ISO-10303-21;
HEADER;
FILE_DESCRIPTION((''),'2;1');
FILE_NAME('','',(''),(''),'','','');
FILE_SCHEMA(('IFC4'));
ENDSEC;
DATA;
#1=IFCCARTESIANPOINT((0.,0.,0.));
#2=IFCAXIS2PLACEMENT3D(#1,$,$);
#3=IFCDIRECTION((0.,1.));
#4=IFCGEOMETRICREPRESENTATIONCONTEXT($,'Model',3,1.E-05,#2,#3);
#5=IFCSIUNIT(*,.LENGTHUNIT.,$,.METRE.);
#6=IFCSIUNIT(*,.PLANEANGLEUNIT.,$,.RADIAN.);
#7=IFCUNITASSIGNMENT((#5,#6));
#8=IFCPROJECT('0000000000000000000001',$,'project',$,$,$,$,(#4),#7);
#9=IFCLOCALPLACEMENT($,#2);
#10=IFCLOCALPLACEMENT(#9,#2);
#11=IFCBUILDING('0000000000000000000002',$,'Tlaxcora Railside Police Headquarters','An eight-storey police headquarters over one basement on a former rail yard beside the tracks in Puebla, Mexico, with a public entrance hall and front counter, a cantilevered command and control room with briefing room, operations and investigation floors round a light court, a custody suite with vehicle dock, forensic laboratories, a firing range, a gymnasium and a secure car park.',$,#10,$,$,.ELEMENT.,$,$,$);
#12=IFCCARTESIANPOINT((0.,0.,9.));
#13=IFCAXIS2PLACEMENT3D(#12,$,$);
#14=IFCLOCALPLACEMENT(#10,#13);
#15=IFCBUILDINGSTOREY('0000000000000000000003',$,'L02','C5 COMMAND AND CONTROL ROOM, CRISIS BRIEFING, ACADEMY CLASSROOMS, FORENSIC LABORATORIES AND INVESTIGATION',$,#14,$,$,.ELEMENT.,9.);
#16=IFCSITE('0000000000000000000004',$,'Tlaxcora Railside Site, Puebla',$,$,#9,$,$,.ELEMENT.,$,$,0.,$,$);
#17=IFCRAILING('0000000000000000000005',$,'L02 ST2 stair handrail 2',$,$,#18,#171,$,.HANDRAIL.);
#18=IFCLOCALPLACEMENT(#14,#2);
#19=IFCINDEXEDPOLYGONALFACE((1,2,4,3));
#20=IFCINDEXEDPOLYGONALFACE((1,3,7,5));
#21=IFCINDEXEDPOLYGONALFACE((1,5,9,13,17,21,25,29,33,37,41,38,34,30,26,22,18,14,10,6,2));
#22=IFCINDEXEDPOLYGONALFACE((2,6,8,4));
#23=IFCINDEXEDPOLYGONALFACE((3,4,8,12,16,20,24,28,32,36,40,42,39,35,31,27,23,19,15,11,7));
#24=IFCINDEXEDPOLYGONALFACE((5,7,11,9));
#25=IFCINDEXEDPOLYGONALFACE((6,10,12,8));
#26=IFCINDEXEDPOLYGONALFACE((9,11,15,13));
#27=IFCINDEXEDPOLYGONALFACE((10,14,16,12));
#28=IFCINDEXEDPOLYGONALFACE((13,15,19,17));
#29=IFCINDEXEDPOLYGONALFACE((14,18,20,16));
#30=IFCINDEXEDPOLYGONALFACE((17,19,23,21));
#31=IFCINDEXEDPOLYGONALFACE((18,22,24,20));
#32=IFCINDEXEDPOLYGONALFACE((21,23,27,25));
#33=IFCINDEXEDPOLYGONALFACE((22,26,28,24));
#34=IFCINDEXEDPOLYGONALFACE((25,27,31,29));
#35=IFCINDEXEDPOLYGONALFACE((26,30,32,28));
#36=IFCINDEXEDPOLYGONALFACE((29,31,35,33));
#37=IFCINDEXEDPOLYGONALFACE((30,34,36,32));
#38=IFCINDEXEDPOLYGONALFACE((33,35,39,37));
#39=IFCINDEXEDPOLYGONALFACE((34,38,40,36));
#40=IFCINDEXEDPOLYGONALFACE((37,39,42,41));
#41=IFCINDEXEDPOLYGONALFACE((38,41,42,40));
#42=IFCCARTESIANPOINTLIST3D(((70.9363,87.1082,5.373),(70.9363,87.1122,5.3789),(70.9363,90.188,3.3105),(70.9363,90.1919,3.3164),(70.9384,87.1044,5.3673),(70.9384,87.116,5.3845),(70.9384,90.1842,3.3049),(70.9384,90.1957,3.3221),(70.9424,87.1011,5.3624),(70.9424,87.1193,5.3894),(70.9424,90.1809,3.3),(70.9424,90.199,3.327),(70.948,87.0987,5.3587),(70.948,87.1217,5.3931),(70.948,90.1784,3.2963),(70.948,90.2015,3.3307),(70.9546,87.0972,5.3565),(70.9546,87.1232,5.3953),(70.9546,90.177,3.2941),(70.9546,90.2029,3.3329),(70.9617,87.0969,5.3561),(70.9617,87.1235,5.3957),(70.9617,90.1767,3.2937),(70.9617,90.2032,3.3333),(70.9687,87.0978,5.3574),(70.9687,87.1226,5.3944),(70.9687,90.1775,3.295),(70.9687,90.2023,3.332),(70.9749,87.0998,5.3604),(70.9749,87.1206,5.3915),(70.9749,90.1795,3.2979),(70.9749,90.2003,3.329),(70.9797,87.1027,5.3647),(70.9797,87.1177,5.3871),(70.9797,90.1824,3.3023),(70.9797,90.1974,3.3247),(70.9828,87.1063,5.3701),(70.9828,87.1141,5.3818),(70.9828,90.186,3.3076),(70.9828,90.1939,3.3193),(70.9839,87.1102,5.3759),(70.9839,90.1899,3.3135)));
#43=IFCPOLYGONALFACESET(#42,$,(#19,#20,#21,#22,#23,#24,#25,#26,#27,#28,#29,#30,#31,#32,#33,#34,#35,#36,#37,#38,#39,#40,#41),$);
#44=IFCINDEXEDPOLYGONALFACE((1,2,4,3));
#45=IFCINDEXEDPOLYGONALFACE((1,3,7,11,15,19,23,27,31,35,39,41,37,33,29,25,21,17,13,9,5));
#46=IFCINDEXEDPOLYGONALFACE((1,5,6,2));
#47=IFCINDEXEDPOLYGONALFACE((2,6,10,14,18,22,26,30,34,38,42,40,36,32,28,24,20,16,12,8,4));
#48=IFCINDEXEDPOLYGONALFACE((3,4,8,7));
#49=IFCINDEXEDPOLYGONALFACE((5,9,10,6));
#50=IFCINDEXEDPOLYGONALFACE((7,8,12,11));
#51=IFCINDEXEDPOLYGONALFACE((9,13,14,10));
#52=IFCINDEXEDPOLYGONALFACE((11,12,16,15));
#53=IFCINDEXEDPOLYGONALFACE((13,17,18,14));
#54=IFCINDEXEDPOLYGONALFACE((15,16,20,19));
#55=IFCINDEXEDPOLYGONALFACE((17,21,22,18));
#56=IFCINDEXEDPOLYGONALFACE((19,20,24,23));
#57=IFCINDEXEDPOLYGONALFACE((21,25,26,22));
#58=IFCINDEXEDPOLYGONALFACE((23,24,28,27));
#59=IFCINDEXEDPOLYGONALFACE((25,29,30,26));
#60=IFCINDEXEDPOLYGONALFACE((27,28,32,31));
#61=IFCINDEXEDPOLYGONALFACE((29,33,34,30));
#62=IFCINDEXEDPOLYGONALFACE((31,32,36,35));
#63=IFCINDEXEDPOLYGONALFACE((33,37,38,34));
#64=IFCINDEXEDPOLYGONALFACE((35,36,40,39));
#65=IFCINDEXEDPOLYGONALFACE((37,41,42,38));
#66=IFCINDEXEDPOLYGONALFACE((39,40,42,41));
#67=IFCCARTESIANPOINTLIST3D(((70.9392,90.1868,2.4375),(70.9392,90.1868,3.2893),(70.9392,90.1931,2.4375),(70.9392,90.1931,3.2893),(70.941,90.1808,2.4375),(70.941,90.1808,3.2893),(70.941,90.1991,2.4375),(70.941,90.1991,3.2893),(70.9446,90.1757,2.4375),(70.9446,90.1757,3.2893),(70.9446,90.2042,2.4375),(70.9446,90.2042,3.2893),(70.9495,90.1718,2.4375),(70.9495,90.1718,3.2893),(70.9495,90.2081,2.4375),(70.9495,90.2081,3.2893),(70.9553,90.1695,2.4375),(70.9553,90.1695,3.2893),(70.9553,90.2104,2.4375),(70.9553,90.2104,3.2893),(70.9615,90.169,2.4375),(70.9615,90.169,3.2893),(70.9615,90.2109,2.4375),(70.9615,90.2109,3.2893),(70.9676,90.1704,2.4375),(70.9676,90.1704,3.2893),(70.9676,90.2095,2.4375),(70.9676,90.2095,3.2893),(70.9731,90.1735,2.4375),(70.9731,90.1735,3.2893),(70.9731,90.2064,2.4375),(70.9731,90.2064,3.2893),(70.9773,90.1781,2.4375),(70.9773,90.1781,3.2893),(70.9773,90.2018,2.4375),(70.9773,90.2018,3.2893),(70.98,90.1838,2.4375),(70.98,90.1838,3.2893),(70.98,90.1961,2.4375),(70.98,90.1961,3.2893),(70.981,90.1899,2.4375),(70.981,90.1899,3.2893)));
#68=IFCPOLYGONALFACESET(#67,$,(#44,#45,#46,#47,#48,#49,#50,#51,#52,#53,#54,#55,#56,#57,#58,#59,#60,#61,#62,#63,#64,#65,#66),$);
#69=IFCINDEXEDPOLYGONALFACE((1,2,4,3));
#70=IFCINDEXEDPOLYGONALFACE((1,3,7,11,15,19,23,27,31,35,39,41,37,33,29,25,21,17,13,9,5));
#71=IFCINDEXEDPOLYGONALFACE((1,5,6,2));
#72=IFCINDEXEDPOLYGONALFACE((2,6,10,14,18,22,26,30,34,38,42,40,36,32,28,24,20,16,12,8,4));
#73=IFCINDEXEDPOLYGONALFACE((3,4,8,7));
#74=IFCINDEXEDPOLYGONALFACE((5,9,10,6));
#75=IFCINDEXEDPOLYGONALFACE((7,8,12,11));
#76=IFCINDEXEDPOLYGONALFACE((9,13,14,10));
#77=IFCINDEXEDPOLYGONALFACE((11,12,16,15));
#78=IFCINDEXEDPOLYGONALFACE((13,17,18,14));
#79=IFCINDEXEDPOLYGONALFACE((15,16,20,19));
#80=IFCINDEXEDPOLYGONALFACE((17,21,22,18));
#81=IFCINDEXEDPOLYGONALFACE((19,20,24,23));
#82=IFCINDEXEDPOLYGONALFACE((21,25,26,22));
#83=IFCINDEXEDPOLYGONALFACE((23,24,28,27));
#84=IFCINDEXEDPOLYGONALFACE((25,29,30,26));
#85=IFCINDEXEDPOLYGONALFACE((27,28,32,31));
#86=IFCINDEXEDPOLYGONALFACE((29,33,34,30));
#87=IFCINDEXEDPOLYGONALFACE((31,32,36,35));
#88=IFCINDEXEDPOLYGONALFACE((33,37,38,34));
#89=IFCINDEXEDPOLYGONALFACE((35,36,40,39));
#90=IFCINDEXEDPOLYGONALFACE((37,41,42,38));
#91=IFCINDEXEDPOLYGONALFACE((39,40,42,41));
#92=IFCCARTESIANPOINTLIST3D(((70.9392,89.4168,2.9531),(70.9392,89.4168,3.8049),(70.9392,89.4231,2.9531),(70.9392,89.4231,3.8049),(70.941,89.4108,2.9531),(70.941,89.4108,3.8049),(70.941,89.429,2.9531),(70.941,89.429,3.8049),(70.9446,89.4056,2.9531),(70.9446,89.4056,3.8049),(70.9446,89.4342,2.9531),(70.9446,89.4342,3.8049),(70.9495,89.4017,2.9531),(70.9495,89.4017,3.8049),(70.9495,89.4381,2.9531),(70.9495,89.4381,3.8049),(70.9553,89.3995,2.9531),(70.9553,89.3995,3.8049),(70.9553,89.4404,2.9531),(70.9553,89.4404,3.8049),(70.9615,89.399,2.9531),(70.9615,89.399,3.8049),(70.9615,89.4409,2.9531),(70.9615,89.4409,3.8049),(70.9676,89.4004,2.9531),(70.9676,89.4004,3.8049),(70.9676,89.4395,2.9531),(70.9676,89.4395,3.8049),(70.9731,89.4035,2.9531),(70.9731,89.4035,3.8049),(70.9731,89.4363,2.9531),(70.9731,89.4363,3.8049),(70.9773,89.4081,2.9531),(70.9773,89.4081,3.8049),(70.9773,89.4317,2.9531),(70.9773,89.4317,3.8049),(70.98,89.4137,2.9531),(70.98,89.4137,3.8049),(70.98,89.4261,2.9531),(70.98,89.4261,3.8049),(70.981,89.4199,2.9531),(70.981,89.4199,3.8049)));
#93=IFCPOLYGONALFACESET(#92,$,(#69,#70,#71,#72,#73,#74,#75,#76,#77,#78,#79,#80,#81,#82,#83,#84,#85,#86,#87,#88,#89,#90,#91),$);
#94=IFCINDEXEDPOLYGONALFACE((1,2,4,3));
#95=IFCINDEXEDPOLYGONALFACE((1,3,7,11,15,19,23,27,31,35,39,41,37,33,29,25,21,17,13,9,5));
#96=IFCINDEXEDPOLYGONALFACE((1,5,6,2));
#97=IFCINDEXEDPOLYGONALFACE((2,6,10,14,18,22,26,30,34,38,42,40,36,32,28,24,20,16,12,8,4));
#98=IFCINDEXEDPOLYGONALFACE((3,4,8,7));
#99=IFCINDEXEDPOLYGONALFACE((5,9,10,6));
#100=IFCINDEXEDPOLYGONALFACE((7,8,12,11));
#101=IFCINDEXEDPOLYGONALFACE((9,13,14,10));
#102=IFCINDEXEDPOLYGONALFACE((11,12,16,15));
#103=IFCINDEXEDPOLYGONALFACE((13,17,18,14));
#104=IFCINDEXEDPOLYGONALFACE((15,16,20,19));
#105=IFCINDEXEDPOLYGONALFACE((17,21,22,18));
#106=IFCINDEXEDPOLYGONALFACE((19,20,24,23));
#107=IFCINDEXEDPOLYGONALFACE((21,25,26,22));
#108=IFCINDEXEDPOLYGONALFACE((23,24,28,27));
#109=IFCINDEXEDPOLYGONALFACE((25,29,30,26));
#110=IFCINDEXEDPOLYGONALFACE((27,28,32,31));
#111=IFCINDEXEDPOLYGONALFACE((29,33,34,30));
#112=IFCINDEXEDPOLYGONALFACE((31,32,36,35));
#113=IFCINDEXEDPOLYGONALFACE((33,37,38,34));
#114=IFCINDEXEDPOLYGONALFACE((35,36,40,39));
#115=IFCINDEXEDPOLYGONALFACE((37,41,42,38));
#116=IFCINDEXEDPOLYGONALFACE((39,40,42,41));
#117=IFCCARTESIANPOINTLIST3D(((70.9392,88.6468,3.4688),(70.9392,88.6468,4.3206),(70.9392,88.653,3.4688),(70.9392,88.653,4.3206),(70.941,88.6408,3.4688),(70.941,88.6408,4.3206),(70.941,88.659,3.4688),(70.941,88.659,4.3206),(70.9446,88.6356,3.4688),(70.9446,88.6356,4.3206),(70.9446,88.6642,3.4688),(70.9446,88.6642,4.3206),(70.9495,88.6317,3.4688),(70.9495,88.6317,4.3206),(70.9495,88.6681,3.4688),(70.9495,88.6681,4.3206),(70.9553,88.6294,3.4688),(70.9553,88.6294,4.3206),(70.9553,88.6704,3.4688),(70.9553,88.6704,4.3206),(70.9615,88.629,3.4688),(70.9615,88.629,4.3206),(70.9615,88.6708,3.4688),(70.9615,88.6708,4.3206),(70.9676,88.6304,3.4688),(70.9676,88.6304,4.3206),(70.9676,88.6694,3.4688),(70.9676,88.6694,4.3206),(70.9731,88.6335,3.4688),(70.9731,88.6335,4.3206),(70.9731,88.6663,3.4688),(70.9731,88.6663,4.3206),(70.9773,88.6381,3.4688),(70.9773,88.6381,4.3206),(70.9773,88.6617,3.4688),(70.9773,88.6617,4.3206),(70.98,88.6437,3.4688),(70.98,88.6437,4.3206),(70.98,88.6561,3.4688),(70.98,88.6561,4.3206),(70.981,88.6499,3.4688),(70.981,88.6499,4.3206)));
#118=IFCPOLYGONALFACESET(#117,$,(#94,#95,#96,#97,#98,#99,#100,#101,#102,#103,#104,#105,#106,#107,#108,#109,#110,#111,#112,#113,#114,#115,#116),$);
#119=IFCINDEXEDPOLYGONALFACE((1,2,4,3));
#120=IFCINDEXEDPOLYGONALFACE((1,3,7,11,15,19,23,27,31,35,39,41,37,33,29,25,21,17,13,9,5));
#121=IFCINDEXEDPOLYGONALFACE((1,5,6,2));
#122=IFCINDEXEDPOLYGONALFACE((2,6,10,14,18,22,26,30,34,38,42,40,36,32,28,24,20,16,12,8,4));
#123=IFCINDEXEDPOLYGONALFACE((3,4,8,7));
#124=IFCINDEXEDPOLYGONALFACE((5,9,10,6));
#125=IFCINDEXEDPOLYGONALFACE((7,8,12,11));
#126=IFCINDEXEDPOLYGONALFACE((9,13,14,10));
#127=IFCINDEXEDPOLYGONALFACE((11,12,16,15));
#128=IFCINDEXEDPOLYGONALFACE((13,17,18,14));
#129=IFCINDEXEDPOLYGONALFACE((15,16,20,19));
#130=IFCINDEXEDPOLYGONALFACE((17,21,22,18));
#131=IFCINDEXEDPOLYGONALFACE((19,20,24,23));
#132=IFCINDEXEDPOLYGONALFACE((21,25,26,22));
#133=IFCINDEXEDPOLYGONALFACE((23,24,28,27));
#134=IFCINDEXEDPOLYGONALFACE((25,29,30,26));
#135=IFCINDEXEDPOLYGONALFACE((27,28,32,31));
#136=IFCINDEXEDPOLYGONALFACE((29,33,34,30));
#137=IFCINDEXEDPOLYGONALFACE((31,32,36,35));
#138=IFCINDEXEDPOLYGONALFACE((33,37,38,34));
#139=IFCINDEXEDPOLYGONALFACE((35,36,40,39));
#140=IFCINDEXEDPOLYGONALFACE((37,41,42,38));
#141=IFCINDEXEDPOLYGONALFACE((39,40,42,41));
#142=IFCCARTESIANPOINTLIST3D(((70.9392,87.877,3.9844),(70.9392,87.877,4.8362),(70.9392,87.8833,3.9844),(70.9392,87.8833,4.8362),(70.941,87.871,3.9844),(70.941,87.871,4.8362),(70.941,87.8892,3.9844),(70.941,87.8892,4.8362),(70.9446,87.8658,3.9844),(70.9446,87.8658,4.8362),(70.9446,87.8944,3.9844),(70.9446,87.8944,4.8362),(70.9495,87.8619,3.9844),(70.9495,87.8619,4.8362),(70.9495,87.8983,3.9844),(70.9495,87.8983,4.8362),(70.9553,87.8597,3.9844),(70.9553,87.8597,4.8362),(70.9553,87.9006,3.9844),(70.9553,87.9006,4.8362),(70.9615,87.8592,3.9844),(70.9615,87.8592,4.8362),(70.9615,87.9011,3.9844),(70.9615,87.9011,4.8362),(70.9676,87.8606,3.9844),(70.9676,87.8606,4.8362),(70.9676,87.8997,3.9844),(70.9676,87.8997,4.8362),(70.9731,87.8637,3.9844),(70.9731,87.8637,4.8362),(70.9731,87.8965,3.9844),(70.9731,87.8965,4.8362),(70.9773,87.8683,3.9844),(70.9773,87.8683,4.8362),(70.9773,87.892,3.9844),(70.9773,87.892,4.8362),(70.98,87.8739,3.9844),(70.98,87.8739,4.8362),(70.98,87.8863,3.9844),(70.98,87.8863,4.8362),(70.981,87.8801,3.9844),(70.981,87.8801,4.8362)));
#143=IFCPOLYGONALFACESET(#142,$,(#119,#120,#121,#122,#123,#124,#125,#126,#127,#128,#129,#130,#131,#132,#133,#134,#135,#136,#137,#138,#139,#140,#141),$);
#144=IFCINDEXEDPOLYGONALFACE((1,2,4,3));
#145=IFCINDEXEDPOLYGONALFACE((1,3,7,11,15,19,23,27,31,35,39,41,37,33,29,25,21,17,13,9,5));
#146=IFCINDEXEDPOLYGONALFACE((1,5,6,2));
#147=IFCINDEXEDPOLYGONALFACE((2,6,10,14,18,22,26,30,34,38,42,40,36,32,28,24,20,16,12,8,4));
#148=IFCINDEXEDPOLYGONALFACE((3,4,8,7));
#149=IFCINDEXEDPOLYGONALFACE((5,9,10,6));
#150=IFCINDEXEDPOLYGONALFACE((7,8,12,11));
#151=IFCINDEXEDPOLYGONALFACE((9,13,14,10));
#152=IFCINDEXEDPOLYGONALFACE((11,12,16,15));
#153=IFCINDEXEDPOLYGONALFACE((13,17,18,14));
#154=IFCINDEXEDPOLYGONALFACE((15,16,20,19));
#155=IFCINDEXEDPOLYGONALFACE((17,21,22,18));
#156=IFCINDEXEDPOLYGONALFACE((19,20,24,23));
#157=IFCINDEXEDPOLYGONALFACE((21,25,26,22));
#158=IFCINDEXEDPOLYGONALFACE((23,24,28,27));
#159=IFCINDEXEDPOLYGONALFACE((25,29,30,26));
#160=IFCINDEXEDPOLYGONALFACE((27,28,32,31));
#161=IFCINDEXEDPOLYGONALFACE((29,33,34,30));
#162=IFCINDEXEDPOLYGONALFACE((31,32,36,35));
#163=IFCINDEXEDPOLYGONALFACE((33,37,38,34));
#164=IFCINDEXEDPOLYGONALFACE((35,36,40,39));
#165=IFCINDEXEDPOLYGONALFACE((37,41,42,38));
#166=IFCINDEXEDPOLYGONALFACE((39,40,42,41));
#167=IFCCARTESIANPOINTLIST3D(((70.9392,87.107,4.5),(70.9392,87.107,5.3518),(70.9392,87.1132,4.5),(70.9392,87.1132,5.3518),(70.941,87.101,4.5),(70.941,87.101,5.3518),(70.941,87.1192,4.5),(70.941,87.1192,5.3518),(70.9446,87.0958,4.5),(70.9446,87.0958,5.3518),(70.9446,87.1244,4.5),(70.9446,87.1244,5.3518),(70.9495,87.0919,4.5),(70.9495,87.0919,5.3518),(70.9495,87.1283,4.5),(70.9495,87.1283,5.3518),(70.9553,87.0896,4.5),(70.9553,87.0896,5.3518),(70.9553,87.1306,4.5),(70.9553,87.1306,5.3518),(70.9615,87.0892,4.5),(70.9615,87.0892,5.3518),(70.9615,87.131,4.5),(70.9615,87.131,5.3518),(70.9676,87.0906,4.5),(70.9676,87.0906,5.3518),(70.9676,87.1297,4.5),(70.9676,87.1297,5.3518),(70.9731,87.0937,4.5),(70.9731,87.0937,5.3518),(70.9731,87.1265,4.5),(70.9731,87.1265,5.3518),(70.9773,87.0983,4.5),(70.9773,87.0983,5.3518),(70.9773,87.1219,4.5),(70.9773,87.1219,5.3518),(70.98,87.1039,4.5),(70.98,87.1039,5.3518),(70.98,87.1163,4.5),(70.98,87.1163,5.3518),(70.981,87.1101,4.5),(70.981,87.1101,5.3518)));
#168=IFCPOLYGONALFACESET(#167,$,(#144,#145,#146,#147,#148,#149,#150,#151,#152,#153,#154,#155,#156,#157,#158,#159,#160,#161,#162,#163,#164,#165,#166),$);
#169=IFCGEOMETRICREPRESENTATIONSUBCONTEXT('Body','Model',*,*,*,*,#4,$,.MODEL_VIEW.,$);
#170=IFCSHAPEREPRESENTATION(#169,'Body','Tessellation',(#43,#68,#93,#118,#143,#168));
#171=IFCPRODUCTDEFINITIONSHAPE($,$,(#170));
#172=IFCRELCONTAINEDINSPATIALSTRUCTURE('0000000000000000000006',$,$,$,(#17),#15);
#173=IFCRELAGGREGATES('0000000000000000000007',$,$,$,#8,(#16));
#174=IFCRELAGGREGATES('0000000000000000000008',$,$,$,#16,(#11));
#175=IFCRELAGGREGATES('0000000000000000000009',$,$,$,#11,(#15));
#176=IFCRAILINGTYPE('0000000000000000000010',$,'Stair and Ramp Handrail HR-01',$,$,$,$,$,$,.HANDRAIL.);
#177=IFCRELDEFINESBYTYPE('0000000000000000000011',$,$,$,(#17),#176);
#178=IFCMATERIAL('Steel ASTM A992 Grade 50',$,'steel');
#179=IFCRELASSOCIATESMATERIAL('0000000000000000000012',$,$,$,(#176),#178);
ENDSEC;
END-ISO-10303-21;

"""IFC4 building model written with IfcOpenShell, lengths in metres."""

from ifc_helpers import new_model, si_unit, direction, frame, origin, origin_2d, place, context, subcontext, project, spatial, circle, extrude, material, type_object, element, save


model = new_model("IFC4")

# Units and contexts
model_context = context("Model", 3, precision=1e-05, world=origin(), true_north=direction((0.0, 1.0)))
body_context = subcontext(model_context, "Body", "Model", "MODEL_VIEW")
ifc_project = project(units=[si_unit("LENGTHUNIT", "METRE"), si_unit("PLANEANGLEUNIT", "RADIAN")], contexts=[model_context])

# Site, building, storey
site_placement = place(None, origin())
site = spatial("IfcSite", under=ifc_project, at=site_placement, Name="Tlaxcora Railside Site, Puebla", CompositionType="ELEMENT", RefElevation=0.0)
building_placement = place(site_placement, origin())
building = spatial("IfcBuilding", under=site, at=building_placement, Name="Tlaxcora Railside Police Headquarters", Description="An eight-storey police headquarters over one basement on a former rail yard beside the tracks in Puebla, Mexico, with a public entrance hall and front counter, a cantilevered command and control room with briefing room, operations and investigation floors round a light court, a custody suite with vehicle dock, forensic laboratories, a firing range, a gymnasium and a secure car park.", CompositionType="ELEMENT")
storey_placement = place(building_placement, frame((0.0, 0.0, 9.0)))
storey = spatial("IfcBuildingStorey", under=building, at=storey_placement, Name="L02", Description="C5 COMMAND AND CONTROL ROOM, CRISIS BRIEFING, ACADEMY CLASSROOMS, FORENSIC LABORATORIES AND INVESTIGATION", CompositionType="ELEMENT", Elevation=9.0)

# Shared definitions
ifc_material_1 = material(Name="Steel ASTM A992 Grade 50", Category="steel")

# Railing
railing_type = type_object("IfcRailingType", Name="Stair and Ramp Handrail HR-01", PredefinedType="HANDRAIL", material=ifc_material_1)
railing_placement = place(storey_placement, frame((70.96, 90.1899, 2.4375)))
element("IfcRailing", 1, at=railing_placement, inside=storey, type_object=railing_type, Name="L02 ST2 stair handrail 2", PredefinedType="HANDRAIL", context=body_context, shape_type="SweptSolid", body=[
    extrude(circle(Radius=0.0239, at=origin_2d()), frame((0.0, 0.0, 0.876), z_axis=(0.0, -0.830893, 0.556432), x_axis=(1.0, 0.0, 0.0)), (0.0, 0.0, 1.0), 3.7065),
    extrude(circle(Radius=0.021, at=origin_2d()), origin(), (0.0, 0.0, 1.0), 0.8518),
    extrude(circle(Radius=0.021, at=origin_2d()), frame((0.0, -0.77, 0.5156)), (0.0, 0.0, 1.0), 0.8518),
    extrude(circle(Radius=0.021, at=origin_2d()), frame((0.0, -1.54, 1.0312)), (0.0, 0.0, 1.0), 0.8518),
    extrude(circle(Radius=0.021, at=origin_2d()), frame((0.0, -2.3098, 1.5469)), (0.0, 0.0, 1.0), 0.8518),
    extrude(circle(Radius=0.021, at=origin_2d()), frame((0.0, -3.0798, 2.0625)), (0.0, 0.0, 1.0), 0.8518),
])

save(model, "model.ifc")
